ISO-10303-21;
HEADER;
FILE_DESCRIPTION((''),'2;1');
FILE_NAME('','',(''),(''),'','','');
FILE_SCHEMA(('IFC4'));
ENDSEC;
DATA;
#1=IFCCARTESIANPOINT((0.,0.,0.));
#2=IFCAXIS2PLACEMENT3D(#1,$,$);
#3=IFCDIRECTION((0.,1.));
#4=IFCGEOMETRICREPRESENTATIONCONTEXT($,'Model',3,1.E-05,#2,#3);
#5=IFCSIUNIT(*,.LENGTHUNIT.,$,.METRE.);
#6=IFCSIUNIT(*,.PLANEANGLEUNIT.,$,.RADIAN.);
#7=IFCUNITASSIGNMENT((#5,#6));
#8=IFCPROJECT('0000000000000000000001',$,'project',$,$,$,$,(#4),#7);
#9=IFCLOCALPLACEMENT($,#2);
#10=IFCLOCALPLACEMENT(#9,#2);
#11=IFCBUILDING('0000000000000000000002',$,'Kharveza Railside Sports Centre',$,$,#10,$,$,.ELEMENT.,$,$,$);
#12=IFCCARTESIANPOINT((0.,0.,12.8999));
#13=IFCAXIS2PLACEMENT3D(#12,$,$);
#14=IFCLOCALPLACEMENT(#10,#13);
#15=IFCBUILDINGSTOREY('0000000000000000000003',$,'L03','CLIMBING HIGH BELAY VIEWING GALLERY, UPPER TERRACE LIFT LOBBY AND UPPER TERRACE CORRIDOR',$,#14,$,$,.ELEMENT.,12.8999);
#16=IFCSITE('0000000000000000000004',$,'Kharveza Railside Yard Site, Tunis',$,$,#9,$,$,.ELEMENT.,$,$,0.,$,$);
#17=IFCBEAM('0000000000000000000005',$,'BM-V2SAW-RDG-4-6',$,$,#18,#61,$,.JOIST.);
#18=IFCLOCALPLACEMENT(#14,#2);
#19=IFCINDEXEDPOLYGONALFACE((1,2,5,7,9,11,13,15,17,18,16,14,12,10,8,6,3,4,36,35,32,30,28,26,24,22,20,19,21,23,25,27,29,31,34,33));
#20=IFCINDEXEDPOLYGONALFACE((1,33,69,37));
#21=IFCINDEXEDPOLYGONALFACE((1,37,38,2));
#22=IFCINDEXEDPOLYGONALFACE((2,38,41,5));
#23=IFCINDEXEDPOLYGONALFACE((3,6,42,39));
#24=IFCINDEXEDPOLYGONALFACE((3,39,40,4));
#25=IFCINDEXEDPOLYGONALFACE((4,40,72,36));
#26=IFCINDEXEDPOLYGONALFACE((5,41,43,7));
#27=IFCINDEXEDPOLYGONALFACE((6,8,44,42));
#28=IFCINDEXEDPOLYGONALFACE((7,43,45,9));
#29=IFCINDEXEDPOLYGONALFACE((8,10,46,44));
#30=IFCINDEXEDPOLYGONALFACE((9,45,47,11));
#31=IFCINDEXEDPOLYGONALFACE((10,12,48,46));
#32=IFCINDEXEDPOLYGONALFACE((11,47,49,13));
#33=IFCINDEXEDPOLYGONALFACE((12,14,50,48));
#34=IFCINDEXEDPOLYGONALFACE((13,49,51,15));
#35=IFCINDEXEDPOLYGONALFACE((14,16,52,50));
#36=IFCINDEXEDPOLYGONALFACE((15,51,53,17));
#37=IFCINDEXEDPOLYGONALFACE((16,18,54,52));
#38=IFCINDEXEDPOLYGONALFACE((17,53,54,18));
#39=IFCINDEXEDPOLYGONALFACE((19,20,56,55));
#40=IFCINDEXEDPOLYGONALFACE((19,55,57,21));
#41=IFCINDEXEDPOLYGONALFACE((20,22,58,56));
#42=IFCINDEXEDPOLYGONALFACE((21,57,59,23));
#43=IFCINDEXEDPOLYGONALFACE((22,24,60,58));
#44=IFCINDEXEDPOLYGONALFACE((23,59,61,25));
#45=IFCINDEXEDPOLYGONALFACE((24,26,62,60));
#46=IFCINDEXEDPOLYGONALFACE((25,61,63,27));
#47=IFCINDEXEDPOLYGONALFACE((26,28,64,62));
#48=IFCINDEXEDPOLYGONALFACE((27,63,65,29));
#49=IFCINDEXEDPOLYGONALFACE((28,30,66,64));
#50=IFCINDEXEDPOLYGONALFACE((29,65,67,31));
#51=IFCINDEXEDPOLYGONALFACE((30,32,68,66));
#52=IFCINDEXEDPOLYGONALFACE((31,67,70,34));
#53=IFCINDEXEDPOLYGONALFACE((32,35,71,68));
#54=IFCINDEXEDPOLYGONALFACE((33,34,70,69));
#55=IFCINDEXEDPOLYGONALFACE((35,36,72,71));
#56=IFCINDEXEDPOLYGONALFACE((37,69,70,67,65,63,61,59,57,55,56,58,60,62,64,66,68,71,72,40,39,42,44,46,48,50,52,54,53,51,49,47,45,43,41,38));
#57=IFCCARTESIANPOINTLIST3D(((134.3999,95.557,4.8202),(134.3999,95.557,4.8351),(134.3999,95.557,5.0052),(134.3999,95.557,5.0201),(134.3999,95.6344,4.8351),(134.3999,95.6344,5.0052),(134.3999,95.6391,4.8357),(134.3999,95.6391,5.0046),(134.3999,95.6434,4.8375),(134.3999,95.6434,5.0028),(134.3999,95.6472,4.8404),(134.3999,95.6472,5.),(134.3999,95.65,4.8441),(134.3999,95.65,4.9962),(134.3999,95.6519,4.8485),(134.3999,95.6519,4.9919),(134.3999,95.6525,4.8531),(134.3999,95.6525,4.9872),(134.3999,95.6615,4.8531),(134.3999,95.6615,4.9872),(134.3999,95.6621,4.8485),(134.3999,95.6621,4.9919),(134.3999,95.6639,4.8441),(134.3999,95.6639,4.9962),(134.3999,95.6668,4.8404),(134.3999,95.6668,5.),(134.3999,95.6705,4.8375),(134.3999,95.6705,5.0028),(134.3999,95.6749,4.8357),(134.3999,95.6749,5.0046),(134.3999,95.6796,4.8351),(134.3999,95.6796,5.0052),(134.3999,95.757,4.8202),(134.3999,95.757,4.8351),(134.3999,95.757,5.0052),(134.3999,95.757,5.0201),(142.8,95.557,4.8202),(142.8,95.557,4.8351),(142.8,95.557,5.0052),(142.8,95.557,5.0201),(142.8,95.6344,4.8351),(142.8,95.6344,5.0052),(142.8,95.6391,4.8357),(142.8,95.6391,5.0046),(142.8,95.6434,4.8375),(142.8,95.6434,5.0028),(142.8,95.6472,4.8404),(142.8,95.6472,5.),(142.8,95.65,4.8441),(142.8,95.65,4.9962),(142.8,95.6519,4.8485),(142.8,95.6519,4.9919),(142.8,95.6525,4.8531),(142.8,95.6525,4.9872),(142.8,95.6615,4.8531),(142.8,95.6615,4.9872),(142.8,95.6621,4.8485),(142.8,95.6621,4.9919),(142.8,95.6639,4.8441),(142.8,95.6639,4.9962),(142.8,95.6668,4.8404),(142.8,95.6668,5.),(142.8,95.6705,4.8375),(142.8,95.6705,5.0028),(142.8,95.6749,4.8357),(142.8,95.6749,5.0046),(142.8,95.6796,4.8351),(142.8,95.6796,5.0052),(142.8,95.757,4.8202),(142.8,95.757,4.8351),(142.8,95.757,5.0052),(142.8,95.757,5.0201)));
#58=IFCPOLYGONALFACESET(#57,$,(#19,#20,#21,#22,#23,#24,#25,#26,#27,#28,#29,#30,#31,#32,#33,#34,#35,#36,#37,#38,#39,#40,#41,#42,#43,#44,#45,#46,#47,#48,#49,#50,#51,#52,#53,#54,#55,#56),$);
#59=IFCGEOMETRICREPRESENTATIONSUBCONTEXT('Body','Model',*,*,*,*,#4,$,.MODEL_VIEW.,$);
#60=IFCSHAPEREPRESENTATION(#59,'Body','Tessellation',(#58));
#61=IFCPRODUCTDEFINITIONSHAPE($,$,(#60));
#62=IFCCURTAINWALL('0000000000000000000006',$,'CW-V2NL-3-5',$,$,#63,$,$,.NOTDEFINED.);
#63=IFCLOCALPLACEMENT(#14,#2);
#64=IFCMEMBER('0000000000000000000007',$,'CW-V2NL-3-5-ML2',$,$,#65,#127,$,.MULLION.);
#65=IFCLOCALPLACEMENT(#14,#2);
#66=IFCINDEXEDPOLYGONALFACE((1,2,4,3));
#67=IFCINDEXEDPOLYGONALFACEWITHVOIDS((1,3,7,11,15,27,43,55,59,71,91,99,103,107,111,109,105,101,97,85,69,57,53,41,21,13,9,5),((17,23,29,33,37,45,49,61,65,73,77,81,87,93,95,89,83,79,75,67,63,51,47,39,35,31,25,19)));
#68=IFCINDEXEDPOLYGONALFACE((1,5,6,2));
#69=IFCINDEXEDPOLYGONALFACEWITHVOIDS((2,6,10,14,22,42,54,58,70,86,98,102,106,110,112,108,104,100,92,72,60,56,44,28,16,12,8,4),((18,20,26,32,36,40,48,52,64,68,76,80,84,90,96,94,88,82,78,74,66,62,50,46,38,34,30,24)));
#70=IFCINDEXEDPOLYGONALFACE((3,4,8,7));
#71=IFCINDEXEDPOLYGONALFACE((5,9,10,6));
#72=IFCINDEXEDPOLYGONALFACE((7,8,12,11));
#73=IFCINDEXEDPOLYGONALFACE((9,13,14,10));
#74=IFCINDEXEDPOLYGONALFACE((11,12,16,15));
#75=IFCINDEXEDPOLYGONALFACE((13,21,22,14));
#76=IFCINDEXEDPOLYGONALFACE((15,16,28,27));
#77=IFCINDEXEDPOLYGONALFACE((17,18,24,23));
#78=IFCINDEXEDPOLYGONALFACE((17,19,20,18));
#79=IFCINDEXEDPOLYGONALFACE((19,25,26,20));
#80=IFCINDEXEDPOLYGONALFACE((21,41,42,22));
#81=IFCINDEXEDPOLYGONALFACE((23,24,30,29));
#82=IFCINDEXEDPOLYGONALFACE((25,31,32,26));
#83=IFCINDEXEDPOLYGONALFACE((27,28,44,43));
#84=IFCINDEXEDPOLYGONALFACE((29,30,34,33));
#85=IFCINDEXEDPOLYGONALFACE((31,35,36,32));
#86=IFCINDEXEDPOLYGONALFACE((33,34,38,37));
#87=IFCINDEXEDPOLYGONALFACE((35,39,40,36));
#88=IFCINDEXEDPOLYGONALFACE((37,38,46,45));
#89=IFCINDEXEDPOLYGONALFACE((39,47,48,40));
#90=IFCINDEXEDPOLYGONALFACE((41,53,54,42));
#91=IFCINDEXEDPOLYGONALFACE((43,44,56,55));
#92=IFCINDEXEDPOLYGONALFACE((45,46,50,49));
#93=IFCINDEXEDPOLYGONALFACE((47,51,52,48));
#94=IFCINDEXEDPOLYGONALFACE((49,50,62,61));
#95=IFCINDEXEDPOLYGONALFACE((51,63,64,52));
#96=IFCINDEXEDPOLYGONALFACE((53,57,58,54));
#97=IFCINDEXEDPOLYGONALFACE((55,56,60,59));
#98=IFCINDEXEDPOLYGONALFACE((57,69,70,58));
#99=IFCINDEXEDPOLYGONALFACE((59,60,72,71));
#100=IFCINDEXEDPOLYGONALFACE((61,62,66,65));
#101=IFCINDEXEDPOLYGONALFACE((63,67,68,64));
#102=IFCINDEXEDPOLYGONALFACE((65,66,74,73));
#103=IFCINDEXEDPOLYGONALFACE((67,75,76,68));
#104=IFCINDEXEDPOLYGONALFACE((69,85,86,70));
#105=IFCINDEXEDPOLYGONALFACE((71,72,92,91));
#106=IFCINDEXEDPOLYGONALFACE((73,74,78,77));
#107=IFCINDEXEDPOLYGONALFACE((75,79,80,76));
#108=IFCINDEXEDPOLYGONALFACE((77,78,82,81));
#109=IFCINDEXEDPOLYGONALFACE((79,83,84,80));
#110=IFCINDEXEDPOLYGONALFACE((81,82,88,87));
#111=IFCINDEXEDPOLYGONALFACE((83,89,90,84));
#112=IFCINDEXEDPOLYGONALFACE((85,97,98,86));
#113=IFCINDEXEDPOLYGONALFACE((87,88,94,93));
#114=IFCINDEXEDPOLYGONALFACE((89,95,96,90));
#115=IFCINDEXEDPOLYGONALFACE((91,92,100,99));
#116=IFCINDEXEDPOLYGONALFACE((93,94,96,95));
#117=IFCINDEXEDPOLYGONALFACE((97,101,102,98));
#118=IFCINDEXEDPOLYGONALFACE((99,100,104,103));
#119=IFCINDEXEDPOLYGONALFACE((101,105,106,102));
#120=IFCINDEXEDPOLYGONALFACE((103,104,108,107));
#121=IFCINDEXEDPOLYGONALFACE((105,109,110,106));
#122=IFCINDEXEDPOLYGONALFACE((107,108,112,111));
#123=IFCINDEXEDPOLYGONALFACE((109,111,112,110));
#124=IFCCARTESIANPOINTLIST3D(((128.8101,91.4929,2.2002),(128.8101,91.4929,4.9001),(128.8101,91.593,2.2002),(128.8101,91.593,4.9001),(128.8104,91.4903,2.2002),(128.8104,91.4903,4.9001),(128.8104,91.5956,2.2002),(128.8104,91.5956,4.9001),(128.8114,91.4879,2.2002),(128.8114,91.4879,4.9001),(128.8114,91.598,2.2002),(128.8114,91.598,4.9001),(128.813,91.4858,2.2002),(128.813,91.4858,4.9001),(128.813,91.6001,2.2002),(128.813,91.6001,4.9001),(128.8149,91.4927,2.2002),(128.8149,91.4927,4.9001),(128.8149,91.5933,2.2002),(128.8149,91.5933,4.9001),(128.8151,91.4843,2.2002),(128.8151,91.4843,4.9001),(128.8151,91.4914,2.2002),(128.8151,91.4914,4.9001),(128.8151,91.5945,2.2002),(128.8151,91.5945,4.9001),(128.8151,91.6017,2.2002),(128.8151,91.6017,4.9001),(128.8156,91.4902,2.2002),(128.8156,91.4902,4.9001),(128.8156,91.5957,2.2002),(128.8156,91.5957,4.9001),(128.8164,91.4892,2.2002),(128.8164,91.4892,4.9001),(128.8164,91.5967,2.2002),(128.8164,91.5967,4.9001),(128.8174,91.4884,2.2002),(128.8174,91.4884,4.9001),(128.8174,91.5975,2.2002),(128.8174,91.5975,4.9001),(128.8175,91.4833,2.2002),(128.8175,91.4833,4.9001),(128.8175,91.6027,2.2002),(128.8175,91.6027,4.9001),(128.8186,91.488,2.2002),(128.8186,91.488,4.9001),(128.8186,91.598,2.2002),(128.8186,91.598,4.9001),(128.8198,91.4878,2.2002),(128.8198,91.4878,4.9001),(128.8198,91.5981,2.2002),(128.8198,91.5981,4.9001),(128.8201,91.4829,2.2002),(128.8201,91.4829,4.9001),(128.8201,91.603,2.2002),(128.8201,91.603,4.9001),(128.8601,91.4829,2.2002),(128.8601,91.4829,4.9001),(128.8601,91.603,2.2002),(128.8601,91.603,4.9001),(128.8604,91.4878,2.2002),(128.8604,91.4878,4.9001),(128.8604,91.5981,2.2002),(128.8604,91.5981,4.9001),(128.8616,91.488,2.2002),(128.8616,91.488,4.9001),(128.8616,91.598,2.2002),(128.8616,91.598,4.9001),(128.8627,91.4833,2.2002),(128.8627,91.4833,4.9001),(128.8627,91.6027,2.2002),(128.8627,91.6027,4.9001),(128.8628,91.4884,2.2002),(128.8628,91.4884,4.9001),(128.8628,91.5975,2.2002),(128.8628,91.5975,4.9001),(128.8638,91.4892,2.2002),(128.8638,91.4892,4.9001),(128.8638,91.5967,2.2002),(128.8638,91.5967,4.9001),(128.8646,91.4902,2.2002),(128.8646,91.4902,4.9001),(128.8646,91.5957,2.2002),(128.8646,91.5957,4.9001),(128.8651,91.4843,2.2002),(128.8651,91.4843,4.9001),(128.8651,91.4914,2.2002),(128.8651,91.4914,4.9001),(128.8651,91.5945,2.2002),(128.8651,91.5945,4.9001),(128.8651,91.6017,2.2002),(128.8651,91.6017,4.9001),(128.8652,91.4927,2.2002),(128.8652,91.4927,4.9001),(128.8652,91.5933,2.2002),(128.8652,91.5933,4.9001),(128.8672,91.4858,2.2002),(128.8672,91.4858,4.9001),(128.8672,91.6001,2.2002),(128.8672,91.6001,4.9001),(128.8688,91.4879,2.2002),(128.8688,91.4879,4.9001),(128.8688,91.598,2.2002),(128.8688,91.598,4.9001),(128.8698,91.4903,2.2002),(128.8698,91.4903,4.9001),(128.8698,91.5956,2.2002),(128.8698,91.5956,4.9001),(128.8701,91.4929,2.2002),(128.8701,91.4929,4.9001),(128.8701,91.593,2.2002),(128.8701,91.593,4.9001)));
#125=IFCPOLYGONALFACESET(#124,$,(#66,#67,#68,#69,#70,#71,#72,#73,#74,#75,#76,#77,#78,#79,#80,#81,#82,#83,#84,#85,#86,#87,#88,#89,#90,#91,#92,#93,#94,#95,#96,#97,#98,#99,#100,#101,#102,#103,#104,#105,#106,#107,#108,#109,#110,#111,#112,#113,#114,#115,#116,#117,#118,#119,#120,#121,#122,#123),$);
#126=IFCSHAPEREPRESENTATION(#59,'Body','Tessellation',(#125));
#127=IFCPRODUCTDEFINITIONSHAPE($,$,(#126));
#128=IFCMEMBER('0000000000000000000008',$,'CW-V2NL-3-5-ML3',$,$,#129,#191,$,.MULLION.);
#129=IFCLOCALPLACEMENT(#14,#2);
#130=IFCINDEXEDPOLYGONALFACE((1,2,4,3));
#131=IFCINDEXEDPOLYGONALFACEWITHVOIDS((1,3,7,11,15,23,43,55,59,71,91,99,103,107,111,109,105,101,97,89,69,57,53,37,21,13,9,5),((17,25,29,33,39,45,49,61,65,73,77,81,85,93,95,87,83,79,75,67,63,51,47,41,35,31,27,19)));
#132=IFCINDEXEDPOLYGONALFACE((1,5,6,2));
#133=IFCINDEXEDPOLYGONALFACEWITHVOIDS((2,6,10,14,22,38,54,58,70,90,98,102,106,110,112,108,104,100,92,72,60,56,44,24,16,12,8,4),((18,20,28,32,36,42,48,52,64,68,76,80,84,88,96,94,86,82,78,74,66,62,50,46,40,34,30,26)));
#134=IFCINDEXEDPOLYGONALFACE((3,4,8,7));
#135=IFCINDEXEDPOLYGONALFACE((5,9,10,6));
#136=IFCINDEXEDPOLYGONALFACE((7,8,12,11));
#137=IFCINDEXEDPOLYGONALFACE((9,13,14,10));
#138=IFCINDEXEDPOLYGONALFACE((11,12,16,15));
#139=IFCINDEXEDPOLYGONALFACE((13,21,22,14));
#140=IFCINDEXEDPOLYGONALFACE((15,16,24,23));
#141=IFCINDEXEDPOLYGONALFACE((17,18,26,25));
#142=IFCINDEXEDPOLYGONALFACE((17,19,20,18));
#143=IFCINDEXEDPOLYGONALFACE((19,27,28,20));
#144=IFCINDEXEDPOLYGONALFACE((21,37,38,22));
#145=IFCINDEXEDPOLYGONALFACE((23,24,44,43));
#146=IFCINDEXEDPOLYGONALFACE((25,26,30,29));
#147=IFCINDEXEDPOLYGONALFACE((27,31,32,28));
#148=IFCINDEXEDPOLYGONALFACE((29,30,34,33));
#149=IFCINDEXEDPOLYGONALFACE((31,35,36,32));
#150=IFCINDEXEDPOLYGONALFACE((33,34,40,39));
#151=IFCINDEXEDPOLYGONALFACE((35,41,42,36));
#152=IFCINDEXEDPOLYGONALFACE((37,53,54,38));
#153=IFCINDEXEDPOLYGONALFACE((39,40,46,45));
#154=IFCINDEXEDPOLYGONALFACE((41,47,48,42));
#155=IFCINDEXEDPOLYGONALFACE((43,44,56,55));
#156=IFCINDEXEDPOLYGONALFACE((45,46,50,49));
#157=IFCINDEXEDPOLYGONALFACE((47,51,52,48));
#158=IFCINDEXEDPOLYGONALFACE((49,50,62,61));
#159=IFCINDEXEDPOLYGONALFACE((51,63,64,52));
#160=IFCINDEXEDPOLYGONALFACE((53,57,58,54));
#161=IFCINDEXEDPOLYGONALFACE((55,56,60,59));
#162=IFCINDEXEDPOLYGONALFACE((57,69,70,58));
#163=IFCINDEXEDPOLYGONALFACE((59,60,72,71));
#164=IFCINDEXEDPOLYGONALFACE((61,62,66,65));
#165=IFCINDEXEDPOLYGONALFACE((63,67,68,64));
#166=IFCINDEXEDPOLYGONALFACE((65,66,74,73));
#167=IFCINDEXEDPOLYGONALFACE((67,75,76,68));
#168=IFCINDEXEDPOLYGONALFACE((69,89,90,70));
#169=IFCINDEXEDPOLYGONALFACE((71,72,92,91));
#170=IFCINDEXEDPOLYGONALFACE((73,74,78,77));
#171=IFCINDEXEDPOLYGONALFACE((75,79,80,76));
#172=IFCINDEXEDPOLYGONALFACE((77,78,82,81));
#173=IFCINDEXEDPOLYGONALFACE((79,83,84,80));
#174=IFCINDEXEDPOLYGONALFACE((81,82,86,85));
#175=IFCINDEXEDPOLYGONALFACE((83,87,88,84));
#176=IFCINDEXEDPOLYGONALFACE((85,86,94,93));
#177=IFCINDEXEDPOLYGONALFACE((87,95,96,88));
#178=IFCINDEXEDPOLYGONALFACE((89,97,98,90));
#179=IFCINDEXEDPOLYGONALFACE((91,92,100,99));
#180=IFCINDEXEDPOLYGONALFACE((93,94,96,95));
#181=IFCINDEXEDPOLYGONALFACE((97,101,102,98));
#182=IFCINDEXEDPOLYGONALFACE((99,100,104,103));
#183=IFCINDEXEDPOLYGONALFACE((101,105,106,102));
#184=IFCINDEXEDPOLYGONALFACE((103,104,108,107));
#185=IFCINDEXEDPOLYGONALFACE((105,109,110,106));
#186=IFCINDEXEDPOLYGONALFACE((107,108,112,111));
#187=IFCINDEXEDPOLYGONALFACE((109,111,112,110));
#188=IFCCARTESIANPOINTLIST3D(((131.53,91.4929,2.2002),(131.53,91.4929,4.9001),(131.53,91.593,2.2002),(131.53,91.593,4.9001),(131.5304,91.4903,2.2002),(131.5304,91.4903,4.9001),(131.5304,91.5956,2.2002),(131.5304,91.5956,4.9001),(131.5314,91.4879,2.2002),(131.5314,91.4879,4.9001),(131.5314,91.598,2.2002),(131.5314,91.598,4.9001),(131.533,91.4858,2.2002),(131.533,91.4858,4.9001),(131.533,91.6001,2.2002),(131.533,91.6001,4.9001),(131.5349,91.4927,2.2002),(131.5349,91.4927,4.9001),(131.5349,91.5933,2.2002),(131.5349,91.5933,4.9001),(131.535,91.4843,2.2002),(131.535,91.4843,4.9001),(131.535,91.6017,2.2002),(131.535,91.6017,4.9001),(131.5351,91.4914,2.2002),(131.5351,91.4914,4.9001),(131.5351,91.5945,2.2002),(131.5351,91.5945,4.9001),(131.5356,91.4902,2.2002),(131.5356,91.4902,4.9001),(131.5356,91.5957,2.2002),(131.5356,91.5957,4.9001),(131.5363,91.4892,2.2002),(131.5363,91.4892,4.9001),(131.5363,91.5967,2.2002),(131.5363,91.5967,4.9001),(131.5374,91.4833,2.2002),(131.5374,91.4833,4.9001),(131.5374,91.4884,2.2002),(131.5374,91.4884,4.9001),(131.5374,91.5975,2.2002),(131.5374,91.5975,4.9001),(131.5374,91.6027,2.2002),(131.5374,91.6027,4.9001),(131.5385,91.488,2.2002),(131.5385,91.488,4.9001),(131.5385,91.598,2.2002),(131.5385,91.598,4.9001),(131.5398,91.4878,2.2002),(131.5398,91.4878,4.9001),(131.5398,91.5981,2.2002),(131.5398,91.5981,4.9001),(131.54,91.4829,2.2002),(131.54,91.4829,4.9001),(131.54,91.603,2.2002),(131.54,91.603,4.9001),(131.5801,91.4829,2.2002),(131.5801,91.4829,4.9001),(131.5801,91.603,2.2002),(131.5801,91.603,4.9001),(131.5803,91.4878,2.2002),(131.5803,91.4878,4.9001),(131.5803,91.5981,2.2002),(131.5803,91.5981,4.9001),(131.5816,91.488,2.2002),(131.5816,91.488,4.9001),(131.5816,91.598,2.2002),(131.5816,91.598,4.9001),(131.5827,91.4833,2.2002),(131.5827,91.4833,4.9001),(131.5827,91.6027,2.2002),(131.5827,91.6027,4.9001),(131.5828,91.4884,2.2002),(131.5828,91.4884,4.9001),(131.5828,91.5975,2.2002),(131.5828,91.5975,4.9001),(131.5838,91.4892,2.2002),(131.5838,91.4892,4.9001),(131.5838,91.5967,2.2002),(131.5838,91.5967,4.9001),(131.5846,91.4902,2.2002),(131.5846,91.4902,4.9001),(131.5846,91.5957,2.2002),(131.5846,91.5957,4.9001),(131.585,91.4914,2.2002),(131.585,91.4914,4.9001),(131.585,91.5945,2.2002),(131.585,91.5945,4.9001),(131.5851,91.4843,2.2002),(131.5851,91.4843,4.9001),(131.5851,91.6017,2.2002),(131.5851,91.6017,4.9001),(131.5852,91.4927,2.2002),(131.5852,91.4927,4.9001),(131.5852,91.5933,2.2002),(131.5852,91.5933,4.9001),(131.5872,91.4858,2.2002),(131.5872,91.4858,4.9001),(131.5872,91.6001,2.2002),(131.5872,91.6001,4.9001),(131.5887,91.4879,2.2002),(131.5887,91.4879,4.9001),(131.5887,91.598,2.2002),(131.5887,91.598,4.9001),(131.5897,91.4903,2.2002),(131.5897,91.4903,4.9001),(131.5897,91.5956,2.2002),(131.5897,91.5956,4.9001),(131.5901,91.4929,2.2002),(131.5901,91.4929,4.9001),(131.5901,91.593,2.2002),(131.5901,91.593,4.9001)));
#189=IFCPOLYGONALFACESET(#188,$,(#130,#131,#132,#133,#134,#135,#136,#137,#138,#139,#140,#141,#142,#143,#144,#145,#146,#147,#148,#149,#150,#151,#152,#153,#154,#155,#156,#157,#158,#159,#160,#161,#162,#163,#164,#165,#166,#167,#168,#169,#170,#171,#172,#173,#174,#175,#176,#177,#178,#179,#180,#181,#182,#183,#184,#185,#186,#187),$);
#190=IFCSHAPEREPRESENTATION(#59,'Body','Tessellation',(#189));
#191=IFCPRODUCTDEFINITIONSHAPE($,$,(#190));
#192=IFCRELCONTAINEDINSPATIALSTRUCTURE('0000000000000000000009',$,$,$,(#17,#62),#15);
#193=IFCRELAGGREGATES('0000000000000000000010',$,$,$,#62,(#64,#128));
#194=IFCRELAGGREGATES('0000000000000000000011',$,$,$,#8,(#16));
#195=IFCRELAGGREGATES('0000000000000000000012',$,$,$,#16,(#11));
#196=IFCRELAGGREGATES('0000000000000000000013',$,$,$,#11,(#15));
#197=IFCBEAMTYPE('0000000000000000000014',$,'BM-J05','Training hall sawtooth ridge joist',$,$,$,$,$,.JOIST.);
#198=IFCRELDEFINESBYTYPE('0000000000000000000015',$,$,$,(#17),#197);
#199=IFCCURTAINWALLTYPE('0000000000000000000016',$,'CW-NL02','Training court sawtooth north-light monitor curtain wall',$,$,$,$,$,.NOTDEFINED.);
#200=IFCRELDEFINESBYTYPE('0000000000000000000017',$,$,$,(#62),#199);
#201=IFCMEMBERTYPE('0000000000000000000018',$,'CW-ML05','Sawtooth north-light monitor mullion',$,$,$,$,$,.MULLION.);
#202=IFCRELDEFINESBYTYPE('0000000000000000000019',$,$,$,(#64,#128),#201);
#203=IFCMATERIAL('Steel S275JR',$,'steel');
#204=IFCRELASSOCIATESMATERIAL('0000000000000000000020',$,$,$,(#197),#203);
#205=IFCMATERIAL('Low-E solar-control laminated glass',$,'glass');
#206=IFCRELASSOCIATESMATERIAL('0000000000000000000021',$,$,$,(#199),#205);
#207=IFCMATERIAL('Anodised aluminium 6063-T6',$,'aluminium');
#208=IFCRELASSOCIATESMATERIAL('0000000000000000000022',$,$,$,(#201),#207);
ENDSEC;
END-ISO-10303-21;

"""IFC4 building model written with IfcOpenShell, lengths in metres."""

from ifc_helpers import new_model, si_unit, direction, frame, origin, origin_2d, place, context, subcontext, project, spatial, hollow_rectangle, i_section, extrude, material, material_profile, profile_set, type_object, element, aggregate, save


model = new_model("IFC4")

# Units and contexts
model_context = context("Model", 3, precision=1e-05, world=origin(), true_north=direction((0.0, 1.0)))
body_context = subcontext(model_context, "Body", "Model", "MODEL_VIEW")
ifc_project = project(units=[si_unit("LENGTHUNIT", "METRE"), si_unit("PLANEANGLEUNIT", "RADIAN")], contexts=[model_context])

# Site, building, storey
site_placement = place(None, origin())
site = spatial("IfcSite", under=ifc_project, at=site_placement, Name="Kharveza Railside Yard Site, Tunis", CompositionType="ELEMENT", RefElevation=0.0)
building_placement = place(site_placement, origin())
building = spatial("IfcBuilding", under=site, at=building_placement, Name="Kharveza Railside Sports Centre", CompositionType="ELEMENT")
storey_placement = place(building_placement, frame((0.0, 0.0, 12.8999)))
storey = spatial("IfcBuildingStorey", under=building, at=storey_placement, Name="L03", Description="CLIMBING HIGH BELAY VIEWING GALLERY, UPPER TERRACE LIFT LOBBY AND UPPER TERRACE CORRIDOR", CompositionType="ELEMENT", Elevation=12.8999)

# Beam
ifc_material_1 = material(Name="Steel S275JR", Category="steel")
ifc_material_profile_1 = material_profile(ifc_material_1, i_section(OverallWidth=0.2, OverallDepth=0.2, WebThickness=0.009, FlangeThickness=0.0149, FilletRadius=0.0181, at=origin_2d()), Name="HEB 200")
ifc_profile_set_1 = profile_set([ifc_material_profile_1], Name="Steel S275JR")
beam_type_1 = type_object("IfcBeamType", Name="BM-J05", Description="Training hall sawtooth ridge joist", PredefinedType="JOIST", material=ifc_profile_set_1)
for number, where, z_axis, x_axis, name in (
    (1, (134.3999, 95.657, 4.9202), (1.0, 0.0, 0.0), (0.0, 1.0, 0.0), "BM-V2SAW-RDG-4-6"),
):
    element("IfcBeam", number, at=place(storey_placement, frame(where, z_axis=z_axis, x_axis=x_axis)), inside=storey, type_object=beam_type_1, Name=name, PredefinedType="JOIST", context=body_context, shape_type="SweptSolid", body=[
        extrude(i_section(OverallWidth=0.2, OverallDepth=0.2, WebThickness=0.009, FlangeThickness=0.0149, FilletRadius=0.0181, at=origin_2d()), origin(), (0.0, 0.0, 1.0), 8.4001),
    ])

# Curtain wall, members
ifc_material_2 = material(Name="Low-E solar-control laminated glass", Category="glass")
curtain_wall_type = type_object("IfcCurtainWallType", Name="CW-NL02", Description="Training court sawtooth north-light monitor curtain wall", PredefinedType="NOTDEFINED", material=ifc_material_2)
curtain_wall_1_placement = place(storey_placement, origin())
curtain_wall_1 = element("IfcCurtainWall", 2, at=curtain_wall_1_placement, inside=storey, type_object=curtain_wall_type, Name="CW-V2NL-3-5", PredefinedType="NOTDEFINED")
ifc_material_3 = material(Name="Anodised aluminium 6063-T6", Category="aluminium")
ifc_material_profile_2 = material_profile(ifc_material_3, hollow_rectangle(XDim=0.0601, YDim=0.1201, WallThickness=0.0049, InnerFilletRadius=0.0049, OuterFilletRadius=0.01, at=origin_2d()), Name="RHS 60x120x5.0")
ifc_profile_set_2 = profile_set([ifc_material_profile_2], Name="Anodised aluminium 6063-T6")
member_type_1 = type_object("IfcMemberType", Name="CW-ML05", Description="Sawtooth north-light monitor mullion", PredefinedType="MULLION", material=ifc_profile_set_2)
member_1_placement = place(storey_placement, frame((128.8401, 91.543, 2.2002), z_axis=(0.0, 0.0, 1.0), x_axis=(1.0, 0.0, 0.0)))
member_1 = element("IfcMember", 3, at=member_1_placement, type_object=member_type_1, Name="CW-V2NL-3-5-ML2", PredefinedType="MULLION", context=body_context, shape_type="SweptSolid", body=[
    extrude(hollow_rectangle(XDim=0.0601, YDim=0.1201, WallThickness=0.0049, InnerFilletRadius=0.0049, OuterFilletRadius=0.01, at=origin_2d()), origin(), (0.0, 0.0, 1.0), 2.7),
])
member_2_placement = place(storey_placement, frame((131.5601, 91.543, 2.2002), z_axis=(0.0, 0.0, 1.0), x_axis=(1.0, 0.0, 0.0)))
member_2 = element("IfcMember", 4, at=member_2_placement, type_object=member_type_1, Name="CW-V2NL-3-5-ML3", PredefinedType="MULLION", context=body_context, shape_type="SweptSolid", body=[
    extrude(hollow_rectangle(XDim=0.0601, YDim=0.1201, WallThickness=0.0049, InnerFilletRadius=0.0049, OuterFilletRadius=0.01, at=origin_2d()), origin(), (0.0, 0.0, 1.0), 2.7),
])

aggregate(curtain_wall_1, [member_1, member_2])

save(model, "model.ifc")
